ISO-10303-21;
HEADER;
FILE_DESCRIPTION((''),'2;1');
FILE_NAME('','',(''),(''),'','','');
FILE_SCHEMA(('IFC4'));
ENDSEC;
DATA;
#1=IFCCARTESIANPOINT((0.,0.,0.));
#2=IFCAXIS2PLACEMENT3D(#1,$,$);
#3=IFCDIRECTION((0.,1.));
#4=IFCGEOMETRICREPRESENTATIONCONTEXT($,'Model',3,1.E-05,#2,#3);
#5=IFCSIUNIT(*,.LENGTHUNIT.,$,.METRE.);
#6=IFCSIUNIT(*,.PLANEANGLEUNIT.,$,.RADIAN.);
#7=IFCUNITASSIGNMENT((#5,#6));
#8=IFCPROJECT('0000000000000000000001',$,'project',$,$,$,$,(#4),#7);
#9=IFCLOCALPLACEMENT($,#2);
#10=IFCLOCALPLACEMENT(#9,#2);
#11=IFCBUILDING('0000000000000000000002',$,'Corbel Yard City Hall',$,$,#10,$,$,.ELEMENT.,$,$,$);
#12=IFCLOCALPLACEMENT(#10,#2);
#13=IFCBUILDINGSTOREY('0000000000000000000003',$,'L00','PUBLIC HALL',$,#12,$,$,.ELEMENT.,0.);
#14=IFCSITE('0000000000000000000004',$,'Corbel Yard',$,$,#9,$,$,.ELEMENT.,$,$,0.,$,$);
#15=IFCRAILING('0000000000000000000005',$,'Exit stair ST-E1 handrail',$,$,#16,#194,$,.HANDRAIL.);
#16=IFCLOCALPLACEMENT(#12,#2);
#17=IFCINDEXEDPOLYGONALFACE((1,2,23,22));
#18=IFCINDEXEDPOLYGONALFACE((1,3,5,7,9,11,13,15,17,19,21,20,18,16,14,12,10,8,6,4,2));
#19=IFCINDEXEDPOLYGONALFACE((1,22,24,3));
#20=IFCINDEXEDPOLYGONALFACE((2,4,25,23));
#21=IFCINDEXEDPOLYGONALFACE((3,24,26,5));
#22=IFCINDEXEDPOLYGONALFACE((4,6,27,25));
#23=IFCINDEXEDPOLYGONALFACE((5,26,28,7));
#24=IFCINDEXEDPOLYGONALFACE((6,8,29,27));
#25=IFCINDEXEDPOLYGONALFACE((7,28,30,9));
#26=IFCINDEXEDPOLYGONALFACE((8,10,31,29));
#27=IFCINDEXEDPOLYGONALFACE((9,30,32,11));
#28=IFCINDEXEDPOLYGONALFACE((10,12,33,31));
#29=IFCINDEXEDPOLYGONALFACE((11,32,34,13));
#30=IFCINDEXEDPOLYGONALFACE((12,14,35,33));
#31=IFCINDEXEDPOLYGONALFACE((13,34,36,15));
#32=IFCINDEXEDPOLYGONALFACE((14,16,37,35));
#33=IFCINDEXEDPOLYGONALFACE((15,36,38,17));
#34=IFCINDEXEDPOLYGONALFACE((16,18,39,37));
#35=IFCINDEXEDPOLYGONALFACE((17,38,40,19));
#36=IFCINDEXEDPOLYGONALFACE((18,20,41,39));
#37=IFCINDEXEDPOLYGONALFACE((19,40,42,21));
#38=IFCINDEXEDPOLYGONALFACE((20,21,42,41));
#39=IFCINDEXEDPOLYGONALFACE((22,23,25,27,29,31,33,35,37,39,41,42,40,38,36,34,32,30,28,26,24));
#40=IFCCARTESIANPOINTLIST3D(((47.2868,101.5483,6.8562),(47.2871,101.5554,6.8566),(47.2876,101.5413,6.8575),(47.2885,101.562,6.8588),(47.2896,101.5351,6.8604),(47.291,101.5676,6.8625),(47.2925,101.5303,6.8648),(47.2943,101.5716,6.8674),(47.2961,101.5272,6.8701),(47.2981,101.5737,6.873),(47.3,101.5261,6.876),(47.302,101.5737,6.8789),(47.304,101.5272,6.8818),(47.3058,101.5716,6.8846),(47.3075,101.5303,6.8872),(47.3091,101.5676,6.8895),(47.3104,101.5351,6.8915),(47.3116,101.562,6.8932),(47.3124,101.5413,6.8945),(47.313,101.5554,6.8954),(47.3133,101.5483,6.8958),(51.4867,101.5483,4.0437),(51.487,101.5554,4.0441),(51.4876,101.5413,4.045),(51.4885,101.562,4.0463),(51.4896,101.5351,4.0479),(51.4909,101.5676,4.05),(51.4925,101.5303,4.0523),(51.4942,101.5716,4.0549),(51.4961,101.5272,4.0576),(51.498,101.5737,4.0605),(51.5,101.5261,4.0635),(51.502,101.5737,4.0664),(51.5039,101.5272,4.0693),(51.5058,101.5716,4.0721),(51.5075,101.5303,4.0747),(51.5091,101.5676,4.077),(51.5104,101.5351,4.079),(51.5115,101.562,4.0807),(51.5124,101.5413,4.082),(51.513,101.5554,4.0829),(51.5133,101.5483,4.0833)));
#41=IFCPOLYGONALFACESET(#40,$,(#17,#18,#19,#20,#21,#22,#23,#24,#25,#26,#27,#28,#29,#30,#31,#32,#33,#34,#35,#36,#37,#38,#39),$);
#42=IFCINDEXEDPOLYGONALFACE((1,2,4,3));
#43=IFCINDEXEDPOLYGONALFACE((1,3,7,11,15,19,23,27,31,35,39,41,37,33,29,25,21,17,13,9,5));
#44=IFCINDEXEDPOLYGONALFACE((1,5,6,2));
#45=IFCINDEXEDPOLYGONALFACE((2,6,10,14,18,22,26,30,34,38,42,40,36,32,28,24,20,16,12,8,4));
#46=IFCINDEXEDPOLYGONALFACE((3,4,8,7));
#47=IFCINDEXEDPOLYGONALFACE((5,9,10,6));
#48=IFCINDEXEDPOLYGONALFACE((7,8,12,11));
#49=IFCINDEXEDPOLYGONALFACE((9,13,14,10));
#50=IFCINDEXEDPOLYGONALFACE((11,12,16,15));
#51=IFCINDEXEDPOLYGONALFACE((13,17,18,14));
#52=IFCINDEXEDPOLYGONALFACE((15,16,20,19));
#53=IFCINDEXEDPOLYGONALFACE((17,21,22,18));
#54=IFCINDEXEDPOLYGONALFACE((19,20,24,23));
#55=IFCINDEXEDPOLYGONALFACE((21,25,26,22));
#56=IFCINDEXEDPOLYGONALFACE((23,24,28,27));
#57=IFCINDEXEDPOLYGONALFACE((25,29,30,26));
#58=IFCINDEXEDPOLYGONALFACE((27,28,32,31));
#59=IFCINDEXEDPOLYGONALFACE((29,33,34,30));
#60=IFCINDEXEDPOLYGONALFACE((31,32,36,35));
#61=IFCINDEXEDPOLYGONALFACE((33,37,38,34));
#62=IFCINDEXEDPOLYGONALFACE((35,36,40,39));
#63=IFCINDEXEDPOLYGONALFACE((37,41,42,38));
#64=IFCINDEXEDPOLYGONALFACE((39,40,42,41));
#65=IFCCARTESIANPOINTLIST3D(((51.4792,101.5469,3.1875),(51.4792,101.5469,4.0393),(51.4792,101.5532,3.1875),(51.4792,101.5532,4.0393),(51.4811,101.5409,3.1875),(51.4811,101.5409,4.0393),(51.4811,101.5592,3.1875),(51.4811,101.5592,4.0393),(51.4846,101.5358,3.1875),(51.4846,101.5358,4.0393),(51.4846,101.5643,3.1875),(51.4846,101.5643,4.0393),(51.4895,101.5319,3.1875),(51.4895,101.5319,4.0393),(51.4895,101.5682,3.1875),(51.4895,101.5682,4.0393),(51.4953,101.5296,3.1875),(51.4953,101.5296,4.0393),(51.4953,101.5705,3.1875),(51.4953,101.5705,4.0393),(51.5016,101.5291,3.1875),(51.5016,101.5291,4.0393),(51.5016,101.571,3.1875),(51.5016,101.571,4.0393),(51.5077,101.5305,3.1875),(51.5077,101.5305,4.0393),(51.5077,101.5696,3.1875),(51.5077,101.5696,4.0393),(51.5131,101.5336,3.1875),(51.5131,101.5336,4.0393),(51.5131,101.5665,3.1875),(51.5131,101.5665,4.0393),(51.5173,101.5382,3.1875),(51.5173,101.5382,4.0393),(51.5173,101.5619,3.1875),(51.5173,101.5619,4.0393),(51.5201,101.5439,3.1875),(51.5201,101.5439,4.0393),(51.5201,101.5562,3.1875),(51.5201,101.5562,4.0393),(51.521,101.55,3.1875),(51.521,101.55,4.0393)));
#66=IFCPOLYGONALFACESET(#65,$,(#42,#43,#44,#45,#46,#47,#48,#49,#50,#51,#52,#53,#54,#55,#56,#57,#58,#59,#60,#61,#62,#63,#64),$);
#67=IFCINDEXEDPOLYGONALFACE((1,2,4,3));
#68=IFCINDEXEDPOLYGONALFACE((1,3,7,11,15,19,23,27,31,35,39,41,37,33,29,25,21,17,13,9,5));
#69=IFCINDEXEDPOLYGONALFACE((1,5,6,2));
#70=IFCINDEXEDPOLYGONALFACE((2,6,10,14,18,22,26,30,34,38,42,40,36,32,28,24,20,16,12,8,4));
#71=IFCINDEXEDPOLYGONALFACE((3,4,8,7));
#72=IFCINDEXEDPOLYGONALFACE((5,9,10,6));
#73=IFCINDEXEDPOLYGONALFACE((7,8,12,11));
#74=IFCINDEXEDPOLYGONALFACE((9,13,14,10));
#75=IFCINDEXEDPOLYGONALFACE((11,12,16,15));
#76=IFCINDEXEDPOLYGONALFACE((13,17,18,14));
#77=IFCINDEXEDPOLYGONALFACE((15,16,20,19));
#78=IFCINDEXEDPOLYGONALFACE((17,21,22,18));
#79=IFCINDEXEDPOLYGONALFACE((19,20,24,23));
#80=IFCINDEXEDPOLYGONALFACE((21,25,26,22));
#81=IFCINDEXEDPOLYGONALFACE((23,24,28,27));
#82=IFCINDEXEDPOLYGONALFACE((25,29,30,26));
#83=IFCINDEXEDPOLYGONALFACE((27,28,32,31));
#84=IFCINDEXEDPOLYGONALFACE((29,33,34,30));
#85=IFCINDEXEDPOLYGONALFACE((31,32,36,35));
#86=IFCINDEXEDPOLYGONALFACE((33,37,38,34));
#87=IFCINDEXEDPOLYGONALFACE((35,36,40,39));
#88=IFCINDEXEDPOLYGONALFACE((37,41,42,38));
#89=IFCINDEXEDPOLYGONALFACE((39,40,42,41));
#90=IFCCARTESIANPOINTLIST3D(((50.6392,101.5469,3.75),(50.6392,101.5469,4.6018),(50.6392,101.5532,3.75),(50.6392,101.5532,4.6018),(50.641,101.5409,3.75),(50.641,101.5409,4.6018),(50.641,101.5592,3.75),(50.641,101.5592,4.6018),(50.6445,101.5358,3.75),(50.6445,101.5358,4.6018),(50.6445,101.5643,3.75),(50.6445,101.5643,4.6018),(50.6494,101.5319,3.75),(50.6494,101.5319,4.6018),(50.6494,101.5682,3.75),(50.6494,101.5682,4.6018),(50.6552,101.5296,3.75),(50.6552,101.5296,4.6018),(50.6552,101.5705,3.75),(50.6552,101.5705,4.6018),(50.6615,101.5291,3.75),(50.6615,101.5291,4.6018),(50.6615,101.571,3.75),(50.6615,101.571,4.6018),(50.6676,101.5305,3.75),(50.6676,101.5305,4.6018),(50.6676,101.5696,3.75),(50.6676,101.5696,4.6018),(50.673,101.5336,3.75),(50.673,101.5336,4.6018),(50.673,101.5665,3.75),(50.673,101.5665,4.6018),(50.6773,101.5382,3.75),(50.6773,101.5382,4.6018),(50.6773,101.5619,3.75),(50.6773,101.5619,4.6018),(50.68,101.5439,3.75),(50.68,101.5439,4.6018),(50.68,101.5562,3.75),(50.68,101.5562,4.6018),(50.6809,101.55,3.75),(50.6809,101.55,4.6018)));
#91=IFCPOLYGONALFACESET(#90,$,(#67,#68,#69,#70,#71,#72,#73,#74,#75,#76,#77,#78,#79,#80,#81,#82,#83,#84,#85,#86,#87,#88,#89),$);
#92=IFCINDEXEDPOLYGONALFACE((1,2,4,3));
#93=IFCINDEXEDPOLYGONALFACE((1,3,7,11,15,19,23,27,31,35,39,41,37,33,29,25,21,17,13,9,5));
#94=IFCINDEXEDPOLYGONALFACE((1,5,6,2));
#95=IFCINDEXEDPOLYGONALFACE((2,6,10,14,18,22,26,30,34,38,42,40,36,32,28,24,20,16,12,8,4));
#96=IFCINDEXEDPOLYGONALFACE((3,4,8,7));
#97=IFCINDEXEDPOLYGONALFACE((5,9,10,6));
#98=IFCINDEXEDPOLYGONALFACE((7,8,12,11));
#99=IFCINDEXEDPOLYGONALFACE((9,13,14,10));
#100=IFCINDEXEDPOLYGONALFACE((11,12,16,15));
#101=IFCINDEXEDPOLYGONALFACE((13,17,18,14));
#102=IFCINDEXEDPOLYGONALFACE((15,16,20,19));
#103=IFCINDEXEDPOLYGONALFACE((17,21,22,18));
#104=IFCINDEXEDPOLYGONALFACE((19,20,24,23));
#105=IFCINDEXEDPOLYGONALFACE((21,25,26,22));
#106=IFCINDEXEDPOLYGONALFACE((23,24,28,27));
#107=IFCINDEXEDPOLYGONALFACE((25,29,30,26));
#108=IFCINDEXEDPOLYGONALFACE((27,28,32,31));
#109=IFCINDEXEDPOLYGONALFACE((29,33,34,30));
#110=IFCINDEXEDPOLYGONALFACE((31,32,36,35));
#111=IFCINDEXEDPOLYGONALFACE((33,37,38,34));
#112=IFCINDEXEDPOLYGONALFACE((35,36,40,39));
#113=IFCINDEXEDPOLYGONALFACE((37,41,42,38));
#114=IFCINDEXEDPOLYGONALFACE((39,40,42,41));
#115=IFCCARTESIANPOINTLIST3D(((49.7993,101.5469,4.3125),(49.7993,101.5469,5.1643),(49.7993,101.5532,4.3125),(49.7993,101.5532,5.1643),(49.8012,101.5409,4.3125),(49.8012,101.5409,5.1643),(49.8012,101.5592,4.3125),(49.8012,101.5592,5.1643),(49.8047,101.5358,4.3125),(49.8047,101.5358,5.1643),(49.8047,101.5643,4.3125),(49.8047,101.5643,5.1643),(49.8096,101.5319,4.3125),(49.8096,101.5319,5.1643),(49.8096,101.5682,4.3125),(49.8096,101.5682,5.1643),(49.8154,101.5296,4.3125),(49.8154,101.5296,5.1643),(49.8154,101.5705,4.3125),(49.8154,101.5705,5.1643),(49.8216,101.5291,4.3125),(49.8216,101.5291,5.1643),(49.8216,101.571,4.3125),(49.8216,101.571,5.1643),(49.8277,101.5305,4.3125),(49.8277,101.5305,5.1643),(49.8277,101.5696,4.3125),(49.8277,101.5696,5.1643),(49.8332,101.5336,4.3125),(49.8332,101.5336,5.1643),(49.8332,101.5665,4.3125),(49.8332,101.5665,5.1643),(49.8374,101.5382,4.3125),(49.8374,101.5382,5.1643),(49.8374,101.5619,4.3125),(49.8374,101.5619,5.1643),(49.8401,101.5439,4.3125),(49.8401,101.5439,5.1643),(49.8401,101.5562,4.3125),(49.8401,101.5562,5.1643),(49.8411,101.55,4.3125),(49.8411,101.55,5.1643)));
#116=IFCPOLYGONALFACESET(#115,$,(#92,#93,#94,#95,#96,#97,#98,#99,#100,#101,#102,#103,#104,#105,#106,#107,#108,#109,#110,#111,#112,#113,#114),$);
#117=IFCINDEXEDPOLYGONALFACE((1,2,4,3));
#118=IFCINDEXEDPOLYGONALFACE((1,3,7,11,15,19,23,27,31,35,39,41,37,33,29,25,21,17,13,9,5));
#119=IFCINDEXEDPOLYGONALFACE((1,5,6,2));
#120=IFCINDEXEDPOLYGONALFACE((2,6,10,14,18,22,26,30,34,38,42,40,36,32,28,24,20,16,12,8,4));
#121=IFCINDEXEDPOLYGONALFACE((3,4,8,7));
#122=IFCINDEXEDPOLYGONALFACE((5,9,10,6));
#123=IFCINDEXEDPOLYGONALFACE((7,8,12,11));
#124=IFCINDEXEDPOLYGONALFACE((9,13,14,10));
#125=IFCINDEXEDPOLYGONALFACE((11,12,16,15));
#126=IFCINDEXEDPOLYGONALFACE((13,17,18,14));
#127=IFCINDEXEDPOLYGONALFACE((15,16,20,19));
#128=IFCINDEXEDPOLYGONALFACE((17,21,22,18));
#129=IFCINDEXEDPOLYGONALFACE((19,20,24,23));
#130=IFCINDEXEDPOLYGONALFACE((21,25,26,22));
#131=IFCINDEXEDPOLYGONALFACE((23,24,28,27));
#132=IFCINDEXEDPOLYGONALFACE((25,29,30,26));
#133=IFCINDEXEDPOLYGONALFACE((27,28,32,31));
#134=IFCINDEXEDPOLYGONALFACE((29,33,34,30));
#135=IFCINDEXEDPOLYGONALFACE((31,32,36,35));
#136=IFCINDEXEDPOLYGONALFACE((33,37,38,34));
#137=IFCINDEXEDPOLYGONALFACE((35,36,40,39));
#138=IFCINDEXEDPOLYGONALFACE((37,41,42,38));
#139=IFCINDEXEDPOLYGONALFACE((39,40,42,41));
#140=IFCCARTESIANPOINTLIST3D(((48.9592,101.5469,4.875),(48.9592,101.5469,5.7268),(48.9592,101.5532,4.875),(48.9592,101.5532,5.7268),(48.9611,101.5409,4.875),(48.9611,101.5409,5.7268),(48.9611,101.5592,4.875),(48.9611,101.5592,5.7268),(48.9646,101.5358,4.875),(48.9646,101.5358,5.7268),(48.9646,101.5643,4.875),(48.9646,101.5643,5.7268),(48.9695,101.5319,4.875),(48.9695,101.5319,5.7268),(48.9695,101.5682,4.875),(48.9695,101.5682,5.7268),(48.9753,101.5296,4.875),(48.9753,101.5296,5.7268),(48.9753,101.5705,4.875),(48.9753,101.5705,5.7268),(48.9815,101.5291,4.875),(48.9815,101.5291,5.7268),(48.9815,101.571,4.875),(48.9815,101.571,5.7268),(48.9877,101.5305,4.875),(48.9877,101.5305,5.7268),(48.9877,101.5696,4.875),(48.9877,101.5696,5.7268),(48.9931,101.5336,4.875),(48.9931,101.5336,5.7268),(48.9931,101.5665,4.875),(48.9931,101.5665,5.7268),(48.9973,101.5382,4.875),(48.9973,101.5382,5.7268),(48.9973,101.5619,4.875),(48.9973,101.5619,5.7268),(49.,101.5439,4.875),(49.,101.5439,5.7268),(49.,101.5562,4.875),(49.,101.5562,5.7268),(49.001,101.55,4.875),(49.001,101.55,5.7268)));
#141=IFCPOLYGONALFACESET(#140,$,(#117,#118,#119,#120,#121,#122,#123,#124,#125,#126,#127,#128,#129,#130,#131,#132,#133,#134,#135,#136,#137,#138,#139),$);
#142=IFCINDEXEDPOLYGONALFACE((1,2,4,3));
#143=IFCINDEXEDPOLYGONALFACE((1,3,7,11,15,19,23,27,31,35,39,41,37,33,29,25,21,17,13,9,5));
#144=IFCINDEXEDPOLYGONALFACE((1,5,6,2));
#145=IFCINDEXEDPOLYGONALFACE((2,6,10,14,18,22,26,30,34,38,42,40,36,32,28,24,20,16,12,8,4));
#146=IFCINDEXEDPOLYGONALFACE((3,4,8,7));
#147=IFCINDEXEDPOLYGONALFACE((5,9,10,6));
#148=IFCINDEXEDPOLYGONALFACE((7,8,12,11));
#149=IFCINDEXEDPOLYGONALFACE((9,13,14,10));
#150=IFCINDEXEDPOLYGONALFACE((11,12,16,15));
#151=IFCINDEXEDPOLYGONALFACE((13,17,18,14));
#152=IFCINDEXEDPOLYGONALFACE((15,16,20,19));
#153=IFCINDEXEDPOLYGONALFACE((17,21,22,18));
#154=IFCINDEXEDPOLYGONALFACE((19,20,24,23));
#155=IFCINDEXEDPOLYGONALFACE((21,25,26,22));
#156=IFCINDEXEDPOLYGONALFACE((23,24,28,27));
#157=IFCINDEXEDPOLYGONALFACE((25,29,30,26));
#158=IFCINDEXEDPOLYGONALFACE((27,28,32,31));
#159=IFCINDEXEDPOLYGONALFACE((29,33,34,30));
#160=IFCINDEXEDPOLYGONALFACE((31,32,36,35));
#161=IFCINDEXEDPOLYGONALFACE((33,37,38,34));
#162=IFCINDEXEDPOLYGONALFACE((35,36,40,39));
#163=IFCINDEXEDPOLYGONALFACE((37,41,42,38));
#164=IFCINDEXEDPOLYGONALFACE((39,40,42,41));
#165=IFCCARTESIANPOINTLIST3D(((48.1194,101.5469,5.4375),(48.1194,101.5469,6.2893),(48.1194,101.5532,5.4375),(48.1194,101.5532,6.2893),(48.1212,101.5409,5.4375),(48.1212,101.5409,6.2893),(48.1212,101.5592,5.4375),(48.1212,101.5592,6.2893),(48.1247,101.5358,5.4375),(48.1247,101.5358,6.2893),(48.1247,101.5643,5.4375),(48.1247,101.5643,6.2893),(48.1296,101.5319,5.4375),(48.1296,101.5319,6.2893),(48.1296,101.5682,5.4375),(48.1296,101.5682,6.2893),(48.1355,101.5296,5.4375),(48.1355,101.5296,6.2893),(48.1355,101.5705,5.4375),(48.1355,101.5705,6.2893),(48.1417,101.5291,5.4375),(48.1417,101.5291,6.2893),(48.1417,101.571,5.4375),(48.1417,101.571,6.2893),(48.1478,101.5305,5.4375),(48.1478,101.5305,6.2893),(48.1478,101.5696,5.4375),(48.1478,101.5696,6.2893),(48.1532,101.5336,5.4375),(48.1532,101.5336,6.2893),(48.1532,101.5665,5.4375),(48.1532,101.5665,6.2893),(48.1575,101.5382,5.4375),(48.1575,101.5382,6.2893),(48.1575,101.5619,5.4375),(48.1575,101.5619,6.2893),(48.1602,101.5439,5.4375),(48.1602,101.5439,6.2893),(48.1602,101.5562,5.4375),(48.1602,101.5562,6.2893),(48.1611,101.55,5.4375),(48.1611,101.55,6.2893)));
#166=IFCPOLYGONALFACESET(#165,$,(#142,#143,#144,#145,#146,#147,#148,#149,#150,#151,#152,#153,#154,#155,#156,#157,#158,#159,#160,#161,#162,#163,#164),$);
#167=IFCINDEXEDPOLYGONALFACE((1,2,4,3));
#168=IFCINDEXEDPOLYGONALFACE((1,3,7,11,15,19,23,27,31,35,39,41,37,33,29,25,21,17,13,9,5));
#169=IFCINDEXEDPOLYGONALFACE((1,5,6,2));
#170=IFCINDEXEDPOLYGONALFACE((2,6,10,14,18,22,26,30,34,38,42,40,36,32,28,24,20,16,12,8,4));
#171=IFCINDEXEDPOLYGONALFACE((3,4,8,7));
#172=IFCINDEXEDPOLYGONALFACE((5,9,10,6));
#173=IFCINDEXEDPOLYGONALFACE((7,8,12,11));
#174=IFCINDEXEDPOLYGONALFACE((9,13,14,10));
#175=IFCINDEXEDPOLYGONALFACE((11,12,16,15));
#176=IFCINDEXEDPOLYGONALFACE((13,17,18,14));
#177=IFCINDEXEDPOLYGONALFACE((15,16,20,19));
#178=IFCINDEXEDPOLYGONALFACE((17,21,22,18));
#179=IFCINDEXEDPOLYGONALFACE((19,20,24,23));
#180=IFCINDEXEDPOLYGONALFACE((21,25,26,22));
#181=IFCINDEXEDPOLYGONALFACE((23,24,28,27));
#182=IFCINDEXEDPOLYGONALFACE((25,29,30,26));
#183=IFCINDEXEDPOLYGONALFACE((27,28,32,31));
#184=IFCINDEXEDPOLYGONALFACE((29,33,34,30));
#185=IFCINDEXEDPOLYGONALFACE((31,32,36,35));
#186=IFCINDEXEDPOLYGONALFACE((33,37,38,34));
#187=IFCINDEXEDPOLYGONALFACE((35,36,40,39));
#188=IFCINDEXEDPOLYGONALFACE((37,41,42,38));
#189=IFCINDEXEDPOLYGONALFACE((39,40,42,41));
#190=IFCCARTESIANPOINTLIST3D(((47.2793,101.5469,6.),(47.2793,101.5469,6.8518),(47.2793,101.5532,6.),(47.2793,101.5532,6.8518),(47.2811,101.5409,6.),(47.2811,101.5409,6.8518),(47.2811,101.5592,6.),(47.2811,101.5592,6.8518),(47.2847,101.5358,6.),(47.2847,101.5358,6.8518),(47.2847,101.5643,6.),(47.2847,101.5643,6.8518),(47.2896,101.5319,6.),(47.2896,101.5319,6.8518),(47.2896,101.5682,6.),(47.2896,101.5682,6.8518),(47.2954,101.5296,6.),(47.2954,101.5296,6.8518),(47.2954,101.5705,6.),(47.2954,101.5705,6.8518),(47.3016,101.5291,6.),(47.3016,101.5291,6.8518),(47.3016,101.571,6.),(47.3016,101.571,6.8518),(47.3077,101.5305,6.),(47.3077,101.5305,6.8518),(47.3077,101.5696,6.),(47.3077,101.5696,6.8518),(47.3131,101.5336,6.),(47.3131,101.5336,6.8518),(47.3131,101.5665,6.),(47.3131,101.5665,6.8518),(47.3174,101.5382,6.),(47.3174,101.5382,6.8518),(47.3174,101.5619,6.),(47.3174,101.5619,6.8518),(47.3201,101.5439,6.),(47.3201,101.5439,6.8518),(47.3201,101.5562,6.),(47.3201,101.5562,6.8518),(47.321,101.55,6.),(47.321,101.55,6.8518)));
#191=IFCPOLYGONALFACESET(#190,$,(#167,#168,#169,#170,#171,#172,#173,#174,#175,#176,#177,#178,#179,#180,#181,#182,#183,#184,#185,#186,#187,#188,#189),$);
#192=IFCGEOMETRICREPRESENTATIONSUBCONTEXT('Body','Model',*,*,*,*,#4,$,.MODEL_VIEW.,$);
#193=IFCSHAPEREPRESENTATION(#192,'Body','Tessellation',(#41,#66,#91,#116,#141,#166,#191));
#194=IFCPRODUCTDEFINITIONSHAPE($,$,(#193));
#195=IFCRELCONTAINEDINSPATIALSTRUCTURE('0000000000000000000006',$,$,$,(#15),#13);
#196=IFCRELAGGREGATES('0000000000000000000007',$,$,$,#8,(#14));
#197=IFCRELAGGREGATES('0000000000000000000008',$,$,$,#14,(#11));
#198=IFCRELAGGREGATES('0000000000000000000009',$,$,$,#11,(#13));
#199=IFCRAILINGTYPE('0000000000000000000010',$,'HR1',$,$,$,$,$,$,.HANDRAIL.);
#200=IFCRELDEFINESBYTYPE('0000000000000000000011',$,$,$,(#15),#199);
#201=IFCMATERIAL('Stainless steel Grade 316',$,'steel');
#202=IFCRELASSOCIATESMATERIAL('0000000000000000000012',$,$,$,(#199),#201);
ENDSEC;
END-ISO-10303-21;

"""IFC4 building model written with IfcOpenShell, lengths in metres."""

from ifc_helpers import new_model, si_unit, direction, frame, origin, origin_2d, place, context, subcontext, project, spatial, circle, extrude, material, type_object, element, save


model = new_model("IFC4")

# Units and contexts
model_context = context("Model", 3, precision=1e-05, world=origin(), true_north=direction((0.0, 1.0)))
body_context = subcontext(model_context, "Body", "Model", "MODEL_VIEW")
ifc_project = project(units=[si_unit("LENGTHUNIT", "METRE"), si_unit("PLANEANGLEUNIT", "RADIAN")], contexts=[model_context])

# Site, building, storey
site_placement = place(None, origin())
site = spatial("IfcSite", under=ifc_project, at=site_placement, Name="Corbel Yard", CompositionType="ELEMENT", RefElevation=0.0)
building_placement = place(site_placement, origin())
building = spatial("IfcBuilding", under=site, at=building_placement, Name="Corbel Yard City Hall", CompositionType="ELEMENT")
storey_placement = place(building_placement, origin())
storey = spatial("IfcBuildingStorey", under=building, at=storey_placement, Name="L00", Description="PUBLIC HALL", CompositionType="ELEMENT", Elevation=0.0)

# Shared definitions
ifc_material_1 = material(Name="Stainless steel Grade 316", Category="steel")

# Railing
railing_type = type_object("IfcRailingType", Name="HR1", PredefinedType="HANDRAIL", material=ifc_material_1)
for number, where, name in (
    (1, (51.5, 101.55, 3.1875), "Exit stair ST-E1 handrail"),
):
    element("IfcRailing", number, at=place(storey_placement, frame(where)), inside=storey, type_object=railing_type, Name=name, PredefinedType="HANDRAIL", context=body_context, shape_type="SweptSolid", body=[
        extrude(circle(Radius=0.0239, at=origin_2d()), frame((0.0, 0.0, 0.876), z_axis=(-0.830904, 0.0, 0.556416), x_axis=(0.0, -1.0, 0.0)), (0.0, 0.0, 1.0), 5.0547),
        extrude(circle(Radius=0.021, at=origin_2d()), origin(), (0.0, 0.0, 1.0), 0.8518),
        extrude(circle(Radius=0.021, at=origin_2d()), frame((-0.8401, 0.0, 0.5625)), (0.0, 0.0, 1.0), 0.8518),
        extrude(circle(Radius=0.021, at=origin_2d()), frame((-1.6799, 0.0, 1.125)), (0.0, 0.0, 1.0), 0.8518),
        extrude(circle(Radius=0.021, at=origin_2d()), frame((-2.52, 0.0, 1.6875)), (0.0, 0.0, 1.0), 0.8518),
        extrude(circle(Radius=0.021, at=origin_2d()), frame((-3.3599, 0.0, 2.25)), (0.0, 0.0, 1.0), 0.8518),
        extrude(circle(Radius=0.021, at=origin_2d()), frame((-4.2, 0.0, 2.8125)), (0.0, 0.0, 1.0), 0.8518),
    ])

save(model, "model.ifc")
